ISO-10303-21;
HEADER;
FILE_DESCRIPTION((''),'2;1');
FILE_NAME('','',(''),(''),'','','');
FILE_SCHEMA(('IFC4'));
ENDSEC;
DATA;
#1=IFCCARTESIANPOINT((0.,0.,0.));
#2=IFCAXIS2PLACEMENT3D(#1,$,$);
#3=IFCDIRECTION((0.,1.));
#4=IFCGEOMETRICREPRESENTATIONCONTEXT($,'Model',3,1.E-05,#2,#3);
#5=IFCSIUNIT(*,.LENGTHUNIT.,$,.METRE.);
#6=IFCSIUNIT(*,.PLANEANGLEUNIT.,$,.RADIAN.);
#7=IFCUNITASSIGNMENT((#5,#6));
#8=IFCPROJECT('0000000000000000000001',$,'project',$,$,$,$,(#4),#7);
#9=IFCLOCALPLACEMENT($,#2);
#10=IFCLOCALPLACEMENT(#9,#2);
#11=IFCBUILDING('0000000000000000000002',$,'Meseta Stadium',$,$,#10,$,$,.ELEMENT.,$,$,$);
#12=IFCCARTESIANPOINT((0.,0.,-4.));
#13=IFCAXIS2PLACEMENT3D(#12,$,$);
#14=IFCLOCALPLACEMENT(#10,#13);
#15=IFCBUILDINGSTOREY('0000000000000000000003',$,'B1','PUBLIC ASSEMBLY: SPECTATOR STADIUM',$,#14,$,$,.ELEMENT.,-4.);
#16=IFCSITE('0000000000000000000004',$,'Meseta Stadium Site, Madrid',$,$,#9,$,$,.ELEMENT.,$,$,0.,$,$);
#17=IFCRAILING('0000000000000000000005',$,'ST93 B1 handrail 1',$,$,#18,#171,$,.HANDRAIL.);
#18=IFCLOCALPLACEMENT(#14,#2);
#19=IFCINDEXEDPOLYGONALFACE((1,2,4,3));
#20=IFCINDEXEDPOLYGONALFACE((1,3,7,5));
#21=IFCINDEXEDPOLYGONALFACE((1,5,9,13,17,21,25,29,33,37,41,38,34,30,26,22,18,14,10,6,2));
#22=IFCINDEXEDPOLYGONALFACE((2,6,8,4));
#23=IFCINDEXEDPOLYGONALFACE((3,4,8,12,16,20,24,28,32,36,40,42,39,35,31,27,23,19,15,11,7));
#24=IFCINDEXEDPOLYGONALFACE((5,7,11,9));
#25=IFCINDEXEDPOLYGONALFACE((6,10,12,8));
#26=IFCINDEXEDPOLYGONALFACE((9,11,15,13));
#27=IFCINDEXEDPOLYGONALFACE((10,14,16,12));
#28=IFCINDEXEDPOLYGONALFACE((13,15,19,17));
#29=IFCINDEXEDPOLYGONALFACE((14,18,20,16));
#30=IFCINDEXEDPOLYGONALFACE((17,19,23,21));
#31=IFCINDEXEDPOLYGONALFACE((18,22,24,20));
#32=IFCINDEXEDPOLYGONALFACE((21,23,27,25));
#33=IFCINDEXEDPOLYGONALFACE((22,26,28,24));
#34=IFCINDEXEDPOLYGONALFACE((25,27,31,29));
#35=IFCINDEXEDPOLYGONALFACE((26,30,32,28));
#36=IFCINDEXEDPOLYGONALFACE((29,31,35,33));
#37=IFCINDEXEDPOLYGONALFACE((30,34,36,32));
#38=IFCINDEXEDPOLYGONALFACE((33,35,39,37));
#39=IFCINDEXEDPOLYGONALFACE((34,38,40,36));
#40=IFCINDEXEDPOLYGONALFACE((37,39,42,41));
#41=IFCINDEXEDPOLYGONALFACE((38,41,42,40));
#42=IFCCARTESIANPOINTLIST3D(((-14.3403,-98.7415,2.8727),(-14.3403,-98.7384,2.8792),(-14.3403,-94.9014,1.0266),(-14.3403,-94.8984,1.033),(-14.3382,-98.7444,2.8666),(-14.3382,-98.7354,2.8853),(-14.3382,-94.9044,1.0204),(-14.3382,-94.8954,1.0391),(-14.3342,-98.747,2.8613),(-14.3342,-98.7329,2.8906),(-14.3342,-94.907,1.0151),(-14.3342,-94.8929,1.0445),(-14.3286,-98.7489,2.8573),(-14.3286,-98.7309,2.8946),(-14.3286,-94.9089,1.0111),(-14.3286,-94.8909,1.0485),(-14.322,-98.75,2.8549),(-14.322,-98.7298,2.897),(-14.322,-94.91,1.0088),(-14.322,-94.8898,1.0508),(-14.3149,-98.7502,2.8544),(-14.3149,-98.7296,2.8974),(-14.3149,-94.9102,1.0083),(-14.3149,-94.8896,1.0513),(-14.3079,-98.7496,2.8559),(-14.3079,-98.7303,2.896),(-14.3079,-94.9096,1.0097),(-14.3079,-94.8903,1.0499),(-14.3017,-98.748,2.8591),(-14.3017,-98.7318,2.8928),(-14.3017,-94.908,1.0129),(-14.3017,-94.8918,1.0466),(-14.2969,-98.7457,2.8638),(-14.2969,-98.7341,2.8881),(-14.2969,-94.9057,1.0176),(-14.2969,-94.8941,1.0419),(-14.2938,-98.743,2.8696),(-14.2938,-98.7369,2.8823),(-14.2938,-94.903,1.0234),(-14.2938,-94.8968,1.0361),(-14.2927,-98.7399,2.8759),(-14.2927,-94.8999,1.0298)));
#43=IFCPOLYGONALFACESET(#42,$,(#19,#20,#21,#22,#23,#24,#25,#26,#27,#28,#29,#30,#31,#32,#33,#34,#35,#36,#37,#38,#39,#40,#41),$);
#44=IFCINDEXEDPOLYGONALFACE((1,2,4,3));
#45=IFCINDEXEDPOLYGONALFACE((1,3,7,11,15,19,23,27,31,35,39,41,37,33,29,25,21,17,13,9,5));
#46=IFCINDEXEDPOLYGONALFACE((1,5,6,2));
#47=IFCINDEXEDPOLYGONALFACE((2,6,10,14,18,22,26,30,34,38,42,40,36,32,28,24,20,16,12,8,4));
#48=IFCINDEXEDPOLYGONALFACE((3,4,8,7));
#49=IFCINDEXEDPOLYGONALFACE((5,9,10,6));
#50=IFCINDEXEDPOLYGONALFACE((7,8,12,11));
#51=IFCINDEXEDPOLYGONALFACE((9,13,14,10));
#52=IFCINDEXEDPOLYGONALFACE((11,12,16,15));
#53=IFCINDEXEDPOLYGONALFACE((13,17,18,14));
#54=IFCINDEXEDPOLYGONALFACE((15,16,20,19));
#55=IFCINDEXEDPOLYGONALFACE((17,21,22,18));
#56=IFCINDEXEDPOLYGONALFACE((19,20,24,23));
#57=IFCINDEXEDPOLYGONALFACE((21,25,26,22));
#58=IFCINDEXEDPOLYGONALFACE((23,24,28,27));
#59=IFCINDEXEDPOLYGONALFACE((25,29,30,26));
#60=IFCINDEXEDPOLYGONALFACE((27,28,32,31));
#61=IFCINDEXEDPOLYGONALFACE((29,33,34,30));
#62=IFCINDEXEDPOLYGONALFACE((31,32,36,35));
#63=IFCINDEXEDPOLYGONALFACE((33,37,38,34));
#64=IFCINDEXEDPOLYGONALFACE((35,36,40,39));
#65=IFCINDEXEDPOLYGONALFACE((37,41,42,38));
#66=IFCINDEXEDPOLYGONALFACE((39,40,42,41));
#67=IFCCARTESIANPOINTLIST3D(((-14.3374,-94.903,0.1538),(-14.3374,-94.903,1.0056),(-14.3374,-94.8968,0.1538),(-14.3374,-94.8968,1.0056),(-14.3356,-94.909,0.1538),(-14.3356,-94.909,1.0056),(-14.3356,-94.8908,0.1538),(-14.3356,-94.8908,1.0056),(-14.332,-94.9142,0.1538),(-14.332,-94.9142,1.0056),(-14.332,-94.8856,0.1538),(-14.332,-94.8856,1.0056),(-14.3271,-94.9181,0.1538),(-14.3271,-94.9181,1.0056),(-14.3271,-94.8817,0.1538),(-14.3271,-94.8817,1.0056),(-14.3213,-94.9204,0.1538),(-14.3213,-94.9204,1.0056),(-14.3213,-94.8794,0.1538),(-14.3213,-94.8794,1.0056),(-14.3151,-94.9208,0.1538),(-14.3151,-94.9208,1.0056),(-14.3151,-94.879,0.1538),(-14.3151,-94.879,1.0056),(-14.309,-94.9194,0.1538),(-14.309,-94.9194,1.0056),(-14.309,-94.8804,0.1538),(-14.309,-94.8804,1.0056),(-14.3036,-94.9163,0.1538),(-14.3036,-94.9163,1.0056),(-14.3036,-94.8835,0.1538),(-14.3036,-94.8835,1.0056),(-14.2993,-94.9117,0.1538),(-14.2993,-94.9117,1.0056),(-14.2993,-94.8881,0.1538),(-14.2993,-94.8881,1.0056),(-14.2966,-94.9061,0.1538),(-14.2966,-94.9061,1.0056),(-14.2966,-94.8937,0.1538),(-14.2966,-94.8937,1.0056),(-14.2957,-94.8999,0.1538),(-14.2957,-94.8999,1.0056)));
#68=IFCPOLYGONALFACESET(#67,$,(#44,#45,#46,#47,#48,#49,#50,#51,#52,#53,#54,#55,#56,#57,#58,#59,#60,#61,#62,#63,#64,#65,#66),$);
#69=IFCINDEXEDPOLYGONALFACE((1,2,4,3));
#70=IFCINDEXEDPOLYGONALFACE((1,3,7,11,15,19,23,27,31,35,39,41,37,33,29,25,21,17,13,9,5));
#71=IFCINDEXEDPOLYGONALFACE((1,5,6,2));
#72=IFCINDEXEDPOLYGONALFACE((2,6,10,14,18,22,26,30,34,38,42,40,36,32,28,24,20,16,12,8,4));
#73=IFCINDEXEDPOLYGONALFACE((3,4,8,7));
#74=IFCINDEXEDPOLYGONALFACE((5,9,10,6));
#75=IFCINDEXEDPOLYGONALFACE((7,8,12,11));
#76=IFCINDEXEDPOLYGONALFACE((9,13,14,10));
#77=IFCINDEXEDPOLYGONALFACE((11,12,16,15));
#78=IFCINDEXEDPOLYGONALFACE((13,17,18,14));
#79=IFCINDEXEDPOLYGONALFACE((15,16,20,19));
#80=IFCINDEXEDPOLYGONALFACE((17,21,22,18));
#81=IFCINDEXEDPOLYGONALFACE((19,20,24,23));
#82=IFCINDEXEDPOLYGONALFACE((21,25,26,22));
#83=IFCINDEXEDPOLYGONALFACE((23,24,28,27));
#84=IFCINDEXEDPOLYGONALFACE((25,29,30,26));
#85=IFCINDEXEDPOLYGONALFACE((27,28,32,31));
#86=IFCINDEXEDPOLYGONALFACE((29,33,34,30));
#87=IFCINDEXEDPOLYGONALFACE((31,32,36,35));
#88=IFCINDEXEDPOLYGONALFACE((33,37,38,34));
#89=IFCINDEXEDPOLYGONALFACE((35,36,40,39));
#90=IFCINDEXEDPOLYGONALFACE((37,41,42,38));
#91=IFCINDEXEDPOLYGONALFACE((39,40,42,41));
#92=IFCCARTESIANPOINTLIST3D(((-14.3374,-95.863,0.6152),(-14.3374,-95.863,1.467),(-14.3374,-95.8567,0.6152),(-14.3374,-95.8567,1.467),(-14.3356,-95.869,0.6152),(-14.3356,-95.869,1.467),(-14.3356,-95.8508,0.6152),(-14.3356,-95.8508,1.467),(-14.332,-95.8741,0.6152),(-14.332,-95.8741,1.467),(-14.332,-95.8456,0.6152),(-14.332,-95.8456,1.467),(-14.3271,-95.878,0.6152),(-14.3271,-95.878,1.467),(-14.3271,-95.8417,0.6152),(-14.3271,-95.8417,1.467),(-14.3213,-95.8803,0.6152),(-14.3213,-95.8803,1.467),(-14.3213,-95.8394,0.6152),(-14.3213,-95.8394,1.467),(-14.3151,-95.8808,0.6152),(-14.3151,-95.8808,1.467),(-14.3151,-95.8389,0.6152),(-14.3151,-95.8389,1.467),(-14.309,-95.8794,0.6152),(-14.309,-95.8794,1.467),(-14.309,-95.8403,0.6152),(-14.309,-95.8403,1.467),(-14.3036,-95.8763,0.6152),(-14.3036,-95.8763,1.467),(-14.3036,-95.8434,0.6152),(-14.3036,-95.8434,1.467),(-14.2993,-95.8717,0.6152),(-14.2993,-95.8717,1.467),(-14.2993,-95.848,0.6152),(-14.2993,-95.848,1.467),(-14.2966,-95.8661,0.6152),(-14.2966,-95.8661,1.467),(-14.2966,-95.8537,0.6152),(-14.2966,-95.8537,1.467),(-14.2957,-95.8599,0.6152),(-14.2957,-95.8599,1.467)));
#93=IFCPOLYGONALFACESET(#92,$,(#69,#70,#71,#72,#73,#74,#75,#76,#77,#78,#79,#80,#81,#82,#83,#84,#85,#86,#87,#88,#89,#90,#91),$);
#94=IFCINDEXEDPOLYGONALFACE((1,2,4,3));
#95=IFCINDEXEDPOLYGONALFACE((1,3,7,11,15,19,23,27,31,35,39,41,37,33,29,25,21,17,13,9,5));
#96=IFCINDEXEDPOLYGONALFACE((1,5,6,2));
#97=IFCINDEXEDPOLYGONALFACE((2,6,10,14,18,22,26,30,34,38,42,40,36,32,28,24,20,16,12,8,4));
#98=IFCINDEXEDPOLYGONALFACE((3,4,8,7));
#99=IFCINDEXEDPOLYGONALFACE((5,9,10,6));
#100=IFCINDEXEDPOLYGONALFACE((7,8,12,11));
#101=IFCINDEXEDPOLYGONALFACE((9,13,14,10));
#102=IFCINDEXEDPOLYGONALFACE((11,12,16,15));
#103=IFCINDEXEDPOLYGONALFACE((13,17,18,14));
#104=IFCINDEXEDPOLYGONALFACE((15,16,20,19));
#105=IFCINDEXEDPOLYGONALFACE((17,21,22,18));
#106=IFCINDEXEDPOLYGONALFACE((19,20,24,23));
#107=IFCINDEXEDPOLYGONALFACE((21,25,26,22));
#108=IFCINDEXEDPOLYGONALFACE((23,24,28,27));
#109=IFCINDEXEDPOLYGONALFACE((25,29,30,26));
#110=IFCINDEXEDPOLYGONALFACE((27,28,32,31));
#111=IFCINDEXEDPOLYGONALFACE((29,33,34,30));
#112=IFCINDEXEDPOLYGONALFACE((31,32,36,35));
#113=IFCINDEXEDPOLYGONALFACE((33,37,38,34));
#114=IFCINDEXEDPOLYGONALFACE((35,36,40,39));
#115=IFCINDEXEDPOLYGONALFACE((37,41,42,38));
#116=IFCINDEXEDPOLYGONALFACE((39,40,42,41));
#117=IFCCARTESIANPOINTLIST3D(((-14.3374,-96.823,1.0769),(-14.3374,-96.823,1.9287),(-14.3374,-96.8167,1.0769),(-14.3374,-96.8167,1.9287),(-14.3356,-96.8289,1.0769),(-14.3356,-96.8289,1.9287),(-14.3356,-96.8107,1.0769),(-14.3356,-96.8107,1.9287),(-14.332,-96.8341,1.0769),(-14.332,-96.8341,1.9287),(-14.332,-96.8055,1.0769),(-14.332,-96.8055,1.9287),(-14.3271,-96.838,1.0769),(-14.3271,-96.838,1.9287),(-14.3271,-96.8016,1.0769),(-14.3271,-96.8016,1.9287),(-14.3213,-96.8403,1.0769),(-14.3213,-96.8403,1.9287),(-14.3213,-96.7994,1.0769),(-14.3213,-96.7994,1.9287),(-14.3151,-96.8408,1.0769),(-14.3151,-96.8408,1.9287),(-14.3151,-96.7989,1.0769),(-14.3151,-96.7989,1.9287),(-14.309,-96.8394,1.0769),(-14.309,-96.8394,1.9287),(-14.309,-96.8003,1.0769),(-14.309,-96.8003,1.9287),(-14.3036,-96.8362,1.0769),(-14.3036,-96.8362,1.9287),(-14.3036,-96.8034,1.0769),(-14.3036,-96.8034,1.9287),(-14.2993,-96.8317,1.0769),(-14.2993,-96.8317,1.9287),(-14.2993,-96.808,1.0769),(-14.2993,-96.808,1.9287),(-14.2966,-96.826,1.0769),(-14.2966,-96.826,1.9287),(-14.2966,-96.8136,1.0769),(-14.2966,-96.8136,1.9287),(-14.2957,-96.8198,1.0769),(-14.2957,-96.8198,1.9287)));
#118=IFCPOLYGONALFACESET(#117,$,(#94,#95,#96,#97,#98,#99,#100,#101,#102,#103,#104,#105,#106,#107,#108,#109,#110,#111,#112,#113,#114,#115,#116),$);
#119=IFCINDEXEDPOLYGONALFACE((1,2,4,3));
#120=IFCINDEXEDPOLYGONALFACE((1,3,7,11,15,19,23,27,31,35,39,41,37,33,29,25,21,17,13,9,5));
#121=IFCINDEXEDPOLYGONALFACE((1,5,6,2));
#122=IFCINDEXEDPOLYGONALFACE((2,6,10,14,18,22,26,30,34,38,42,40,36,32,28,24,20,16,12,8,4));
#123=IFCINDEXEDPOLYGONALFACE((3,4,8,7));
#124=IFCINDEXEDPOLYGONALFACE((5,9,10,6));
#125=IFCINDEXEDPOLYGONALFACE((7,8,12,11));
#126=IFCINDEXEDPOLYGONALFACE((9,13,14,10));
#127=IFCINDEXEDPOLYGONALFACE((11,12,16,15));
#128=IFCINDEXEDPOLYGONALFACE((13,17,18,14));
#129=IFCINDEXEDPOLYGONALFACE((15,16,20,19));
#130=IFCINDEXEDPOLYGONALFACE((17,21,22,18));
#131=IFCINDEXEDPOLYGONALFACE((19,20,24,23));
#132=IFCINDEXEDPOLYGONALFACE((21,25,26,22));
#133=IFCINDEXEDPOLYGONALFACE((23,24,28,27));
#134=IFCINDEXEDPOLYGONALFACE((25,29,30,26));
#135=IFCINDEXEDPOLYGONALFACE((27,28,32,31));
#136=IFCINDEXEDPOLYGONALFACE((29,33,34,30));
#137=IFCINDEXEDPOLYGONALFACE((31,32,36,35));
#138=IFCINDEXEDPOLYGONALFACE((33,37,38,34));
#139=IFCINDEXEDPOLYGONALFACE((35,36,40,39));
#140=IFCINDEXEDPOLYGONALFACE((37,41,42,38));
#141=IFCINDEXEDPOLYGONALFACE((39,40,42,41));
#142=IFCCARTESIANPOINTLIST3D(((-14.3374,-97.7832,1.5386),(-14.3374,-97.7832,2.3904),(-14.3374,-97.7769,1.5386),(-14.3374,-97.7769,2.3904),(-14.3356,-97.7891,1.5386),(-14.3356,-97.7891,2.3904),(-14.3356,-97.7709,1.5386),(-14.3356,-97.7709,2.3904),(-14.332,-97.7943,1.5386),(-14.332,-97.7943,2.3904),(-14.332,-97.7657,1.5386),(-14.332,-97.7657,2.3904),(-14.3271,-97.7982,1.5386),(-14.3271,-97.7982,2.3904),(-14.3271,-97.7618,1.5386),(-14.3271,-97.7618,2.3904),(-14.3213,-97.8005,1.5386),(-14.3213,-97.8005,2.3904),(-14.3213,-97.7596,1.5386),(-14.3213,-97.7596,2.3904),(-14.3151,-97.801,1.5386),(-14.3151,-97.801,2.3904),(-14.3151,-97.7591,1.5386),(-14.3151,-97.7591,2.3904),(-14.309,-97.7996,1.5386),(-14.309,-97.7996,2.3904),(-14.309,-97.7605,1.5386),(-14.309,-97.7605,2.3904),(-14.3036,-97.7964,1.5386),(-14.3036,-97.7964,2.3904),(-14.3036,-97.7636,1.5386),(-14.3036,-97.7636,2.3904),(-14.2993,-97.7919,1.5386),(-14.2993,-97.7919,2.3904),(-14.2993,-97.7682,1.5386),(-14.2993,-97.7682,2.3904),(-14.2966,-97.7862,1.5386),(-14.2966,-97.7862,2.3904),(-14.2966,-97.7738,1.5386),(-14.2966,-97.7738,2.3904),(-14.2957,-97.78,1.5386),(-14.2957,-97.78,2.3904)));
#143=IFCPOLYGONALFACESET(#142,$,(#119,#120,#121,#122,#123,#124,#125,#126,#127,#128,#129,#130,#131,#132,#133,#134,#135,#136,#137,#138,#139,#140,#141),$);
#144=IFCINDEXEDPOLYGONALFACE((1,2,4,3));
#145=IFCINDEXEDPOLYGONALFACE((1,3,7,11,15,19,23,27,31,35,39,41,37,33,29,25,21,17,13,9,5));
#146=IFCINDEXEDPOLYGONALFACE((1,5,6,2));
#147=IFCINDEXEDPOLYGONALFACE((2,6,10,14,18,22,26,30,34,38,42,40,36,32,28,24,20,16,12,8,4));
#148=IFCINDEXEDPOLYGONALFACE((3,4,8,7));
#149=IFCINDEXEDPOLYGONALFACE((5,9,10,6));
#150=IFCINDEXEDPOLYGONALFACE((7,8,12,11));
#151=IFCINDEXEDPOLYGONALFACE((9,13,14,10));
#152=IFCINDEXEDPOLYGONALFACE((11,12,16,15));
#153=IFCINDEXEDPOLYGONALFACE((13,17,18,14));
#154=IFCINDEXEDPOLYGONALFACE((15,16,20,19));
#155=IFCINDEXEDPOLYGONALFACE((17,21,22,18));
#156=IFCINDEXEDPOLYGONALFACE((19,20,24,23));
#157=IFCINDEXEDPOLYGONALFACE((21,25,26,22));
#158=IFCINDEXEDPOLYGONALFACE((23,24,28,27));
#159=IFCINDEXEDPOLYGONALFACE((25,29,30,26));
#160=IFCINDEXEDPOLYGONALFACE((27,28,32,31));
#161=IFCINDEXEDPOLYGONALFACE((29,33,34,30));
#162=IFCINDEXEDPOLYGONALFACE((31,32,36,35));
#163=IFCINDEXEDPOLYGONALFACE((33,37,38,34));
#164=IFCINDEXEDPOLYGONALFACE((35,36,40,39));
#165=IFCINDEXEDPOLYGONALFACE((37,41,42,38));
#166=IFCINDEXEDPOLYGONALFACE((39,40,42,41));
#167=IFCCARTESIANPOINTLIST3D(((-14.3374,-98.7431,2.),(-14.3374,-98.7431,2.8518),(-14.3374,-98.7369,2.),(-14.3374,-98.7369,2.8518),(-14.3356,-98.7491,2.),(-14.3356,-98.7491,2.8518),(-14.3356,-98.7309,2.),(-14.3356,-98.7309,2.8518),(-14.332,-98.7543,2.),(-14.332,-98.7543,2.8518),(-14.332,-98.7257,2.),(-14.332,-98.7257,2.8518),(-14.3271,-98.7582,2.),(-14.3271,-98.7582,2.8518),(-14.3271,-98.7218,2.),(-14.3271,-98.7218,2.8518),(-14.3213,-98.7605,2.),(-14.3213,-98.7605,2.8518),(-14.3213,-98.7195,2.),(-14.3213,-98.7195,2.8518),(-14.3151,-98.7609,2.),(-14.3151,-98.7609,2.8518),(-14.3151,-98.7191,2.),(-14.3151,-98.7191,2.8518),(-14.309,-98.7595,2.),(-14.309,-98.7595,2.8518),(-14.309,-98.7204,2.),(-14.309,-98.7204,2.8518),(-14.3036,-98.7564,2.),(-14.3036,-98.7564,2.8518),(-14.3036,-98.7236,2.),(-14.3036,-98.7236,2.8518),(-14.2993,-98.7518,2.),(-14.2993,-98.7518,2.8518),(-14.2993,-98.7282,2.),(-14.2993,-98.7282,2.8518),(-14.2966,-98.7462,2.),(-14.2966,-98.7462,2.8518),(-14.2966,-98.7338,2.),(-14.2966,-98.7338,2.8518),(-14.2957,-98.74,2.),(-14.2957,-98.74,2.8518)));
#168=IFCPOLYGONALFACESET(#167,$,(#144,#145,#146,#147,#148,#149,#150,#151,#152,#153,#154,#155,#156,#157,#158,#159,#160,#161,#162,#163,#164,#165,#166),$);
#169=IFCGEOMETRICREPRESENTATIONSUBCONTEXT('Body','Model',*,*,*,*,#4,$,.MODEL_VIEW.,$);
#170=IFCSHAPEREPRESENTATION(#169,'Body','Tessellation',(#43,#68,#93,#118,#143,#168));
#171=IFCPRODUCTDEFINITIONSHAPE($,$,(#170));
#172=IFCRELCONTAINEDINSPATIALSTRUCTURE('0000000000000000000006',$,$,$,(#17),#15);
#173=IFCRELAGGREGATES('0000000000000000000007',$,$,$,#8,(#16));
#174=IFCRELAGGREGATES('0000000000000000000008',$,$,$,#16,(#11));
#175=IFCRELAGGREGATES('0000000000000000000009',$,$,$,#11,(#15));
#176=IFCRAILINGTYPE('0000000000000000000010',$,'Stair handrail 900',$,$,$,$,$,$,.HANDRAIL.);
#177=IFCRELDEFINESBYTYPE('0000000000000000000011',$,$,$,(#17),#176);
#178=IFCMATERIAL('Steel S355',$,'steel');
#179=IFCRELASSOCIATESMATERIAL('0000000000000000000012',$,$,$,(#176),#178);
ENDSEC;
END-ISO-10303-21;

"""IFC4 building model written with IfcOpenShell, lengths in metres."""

from ifc_helpers import new_model, si_unit, direction, frame, origin, origin_2d, place, context, subcontext, project, spatial, circle, extrude, material, type_object, element, save


model = new_model("IFC4")

# Units and contexts
model_context = context("Model", 3, precision=1e-05, world=origin(), true_north=direction((0.0, 1.0)))
body_context = subcontext(model_context, "Body", "Model", "MODEL_VIEW")
ifc_project = project(units=[si_unit("LENGTHUNIT", "METRE"), si_unit("PLANEANGLEUNIT", "RADIAN")], contexts=[model_context])

# Site, building, storey
site_placement = place(None, origin())
site = spatial("IfcSite", under=ifc_project, at=site_placement, Name="Meseta Stadium Site, Madrid", CompositionType="ELEMENT", RefElevation=0.0)
building_placement = place(site_placement, origin())
building = spatial("IfcBuilding", under=site, at=building_placement, Name="Meseta Stadium", CompositionType="ELEMENT")
storey_placement = place(building_placement, frame((0.0, 0.0, -4.0)))
storey = spatial("IfcBuildingStorey", under=building, at=storey_placement, Name="B1", Description="PUBLIC ASSEMBLY: SPECTATOR STADIUM", CompositionType="ELEMENT", Elevation=-4.0)

# Railing
ifc_material_1 = material(Name="Steel S355", Category="steel")
railing_type_1 = type_object("IfcRailingType", Name="Stair handrail 900", PredefinedType="HANDRAIL", material=ifc_material_1)
railing_1_placement = place(storey_placement, frame((-14.3167, -94.8999, 0.1538)))
element("IfcRailing", 1, at=railing_1_placement, inside=storey, type_object=railing_type_1, Name="ST93 B1 handrail 1", PredefinedType="HANDRAIL", context=body_context, shape_type="SweptSolid", body=[
    extrude(circle(Radius=0.0239, at=origin_2d()), frame((0.0, 0.0, 0.876), z_axis=(0.0, -0.901253, 0.433294), x_axis=(1.0, 0.0, 0.0)), (0.0, 0.0, 1.0), 4.2607),
    extrude(circle(Radius=0.021, at=origin_2d()), origin(), (0.0, 0.0, 1.0), 0.8518),
    extrude(circle(Radius=0.021, at=origin_2d()), frame((0.0, -0.96, 0.4614)), (0.0, 0.0, 1.0), 0.8518),
    extrude(circle(Radius=0.021, at=origin_2d()), frame((0.0, -1.9199, 0.9231)), (0.0, 0.0, 1.0), 0.8518),
    extrude(circle(Radius=0.021, at=origin_2d()), frame((0.0, -2.8801, 1.3848)), (0.0, 0.0, 1.0), 0.8518),
    extrude(circle(Radius=0.021, at=origin_2d()), frame((0.0, -3.8401, 1.8462)), (0.0, 0.0, 1.0), 0.8518),
])

save(model, "model.ifc")
